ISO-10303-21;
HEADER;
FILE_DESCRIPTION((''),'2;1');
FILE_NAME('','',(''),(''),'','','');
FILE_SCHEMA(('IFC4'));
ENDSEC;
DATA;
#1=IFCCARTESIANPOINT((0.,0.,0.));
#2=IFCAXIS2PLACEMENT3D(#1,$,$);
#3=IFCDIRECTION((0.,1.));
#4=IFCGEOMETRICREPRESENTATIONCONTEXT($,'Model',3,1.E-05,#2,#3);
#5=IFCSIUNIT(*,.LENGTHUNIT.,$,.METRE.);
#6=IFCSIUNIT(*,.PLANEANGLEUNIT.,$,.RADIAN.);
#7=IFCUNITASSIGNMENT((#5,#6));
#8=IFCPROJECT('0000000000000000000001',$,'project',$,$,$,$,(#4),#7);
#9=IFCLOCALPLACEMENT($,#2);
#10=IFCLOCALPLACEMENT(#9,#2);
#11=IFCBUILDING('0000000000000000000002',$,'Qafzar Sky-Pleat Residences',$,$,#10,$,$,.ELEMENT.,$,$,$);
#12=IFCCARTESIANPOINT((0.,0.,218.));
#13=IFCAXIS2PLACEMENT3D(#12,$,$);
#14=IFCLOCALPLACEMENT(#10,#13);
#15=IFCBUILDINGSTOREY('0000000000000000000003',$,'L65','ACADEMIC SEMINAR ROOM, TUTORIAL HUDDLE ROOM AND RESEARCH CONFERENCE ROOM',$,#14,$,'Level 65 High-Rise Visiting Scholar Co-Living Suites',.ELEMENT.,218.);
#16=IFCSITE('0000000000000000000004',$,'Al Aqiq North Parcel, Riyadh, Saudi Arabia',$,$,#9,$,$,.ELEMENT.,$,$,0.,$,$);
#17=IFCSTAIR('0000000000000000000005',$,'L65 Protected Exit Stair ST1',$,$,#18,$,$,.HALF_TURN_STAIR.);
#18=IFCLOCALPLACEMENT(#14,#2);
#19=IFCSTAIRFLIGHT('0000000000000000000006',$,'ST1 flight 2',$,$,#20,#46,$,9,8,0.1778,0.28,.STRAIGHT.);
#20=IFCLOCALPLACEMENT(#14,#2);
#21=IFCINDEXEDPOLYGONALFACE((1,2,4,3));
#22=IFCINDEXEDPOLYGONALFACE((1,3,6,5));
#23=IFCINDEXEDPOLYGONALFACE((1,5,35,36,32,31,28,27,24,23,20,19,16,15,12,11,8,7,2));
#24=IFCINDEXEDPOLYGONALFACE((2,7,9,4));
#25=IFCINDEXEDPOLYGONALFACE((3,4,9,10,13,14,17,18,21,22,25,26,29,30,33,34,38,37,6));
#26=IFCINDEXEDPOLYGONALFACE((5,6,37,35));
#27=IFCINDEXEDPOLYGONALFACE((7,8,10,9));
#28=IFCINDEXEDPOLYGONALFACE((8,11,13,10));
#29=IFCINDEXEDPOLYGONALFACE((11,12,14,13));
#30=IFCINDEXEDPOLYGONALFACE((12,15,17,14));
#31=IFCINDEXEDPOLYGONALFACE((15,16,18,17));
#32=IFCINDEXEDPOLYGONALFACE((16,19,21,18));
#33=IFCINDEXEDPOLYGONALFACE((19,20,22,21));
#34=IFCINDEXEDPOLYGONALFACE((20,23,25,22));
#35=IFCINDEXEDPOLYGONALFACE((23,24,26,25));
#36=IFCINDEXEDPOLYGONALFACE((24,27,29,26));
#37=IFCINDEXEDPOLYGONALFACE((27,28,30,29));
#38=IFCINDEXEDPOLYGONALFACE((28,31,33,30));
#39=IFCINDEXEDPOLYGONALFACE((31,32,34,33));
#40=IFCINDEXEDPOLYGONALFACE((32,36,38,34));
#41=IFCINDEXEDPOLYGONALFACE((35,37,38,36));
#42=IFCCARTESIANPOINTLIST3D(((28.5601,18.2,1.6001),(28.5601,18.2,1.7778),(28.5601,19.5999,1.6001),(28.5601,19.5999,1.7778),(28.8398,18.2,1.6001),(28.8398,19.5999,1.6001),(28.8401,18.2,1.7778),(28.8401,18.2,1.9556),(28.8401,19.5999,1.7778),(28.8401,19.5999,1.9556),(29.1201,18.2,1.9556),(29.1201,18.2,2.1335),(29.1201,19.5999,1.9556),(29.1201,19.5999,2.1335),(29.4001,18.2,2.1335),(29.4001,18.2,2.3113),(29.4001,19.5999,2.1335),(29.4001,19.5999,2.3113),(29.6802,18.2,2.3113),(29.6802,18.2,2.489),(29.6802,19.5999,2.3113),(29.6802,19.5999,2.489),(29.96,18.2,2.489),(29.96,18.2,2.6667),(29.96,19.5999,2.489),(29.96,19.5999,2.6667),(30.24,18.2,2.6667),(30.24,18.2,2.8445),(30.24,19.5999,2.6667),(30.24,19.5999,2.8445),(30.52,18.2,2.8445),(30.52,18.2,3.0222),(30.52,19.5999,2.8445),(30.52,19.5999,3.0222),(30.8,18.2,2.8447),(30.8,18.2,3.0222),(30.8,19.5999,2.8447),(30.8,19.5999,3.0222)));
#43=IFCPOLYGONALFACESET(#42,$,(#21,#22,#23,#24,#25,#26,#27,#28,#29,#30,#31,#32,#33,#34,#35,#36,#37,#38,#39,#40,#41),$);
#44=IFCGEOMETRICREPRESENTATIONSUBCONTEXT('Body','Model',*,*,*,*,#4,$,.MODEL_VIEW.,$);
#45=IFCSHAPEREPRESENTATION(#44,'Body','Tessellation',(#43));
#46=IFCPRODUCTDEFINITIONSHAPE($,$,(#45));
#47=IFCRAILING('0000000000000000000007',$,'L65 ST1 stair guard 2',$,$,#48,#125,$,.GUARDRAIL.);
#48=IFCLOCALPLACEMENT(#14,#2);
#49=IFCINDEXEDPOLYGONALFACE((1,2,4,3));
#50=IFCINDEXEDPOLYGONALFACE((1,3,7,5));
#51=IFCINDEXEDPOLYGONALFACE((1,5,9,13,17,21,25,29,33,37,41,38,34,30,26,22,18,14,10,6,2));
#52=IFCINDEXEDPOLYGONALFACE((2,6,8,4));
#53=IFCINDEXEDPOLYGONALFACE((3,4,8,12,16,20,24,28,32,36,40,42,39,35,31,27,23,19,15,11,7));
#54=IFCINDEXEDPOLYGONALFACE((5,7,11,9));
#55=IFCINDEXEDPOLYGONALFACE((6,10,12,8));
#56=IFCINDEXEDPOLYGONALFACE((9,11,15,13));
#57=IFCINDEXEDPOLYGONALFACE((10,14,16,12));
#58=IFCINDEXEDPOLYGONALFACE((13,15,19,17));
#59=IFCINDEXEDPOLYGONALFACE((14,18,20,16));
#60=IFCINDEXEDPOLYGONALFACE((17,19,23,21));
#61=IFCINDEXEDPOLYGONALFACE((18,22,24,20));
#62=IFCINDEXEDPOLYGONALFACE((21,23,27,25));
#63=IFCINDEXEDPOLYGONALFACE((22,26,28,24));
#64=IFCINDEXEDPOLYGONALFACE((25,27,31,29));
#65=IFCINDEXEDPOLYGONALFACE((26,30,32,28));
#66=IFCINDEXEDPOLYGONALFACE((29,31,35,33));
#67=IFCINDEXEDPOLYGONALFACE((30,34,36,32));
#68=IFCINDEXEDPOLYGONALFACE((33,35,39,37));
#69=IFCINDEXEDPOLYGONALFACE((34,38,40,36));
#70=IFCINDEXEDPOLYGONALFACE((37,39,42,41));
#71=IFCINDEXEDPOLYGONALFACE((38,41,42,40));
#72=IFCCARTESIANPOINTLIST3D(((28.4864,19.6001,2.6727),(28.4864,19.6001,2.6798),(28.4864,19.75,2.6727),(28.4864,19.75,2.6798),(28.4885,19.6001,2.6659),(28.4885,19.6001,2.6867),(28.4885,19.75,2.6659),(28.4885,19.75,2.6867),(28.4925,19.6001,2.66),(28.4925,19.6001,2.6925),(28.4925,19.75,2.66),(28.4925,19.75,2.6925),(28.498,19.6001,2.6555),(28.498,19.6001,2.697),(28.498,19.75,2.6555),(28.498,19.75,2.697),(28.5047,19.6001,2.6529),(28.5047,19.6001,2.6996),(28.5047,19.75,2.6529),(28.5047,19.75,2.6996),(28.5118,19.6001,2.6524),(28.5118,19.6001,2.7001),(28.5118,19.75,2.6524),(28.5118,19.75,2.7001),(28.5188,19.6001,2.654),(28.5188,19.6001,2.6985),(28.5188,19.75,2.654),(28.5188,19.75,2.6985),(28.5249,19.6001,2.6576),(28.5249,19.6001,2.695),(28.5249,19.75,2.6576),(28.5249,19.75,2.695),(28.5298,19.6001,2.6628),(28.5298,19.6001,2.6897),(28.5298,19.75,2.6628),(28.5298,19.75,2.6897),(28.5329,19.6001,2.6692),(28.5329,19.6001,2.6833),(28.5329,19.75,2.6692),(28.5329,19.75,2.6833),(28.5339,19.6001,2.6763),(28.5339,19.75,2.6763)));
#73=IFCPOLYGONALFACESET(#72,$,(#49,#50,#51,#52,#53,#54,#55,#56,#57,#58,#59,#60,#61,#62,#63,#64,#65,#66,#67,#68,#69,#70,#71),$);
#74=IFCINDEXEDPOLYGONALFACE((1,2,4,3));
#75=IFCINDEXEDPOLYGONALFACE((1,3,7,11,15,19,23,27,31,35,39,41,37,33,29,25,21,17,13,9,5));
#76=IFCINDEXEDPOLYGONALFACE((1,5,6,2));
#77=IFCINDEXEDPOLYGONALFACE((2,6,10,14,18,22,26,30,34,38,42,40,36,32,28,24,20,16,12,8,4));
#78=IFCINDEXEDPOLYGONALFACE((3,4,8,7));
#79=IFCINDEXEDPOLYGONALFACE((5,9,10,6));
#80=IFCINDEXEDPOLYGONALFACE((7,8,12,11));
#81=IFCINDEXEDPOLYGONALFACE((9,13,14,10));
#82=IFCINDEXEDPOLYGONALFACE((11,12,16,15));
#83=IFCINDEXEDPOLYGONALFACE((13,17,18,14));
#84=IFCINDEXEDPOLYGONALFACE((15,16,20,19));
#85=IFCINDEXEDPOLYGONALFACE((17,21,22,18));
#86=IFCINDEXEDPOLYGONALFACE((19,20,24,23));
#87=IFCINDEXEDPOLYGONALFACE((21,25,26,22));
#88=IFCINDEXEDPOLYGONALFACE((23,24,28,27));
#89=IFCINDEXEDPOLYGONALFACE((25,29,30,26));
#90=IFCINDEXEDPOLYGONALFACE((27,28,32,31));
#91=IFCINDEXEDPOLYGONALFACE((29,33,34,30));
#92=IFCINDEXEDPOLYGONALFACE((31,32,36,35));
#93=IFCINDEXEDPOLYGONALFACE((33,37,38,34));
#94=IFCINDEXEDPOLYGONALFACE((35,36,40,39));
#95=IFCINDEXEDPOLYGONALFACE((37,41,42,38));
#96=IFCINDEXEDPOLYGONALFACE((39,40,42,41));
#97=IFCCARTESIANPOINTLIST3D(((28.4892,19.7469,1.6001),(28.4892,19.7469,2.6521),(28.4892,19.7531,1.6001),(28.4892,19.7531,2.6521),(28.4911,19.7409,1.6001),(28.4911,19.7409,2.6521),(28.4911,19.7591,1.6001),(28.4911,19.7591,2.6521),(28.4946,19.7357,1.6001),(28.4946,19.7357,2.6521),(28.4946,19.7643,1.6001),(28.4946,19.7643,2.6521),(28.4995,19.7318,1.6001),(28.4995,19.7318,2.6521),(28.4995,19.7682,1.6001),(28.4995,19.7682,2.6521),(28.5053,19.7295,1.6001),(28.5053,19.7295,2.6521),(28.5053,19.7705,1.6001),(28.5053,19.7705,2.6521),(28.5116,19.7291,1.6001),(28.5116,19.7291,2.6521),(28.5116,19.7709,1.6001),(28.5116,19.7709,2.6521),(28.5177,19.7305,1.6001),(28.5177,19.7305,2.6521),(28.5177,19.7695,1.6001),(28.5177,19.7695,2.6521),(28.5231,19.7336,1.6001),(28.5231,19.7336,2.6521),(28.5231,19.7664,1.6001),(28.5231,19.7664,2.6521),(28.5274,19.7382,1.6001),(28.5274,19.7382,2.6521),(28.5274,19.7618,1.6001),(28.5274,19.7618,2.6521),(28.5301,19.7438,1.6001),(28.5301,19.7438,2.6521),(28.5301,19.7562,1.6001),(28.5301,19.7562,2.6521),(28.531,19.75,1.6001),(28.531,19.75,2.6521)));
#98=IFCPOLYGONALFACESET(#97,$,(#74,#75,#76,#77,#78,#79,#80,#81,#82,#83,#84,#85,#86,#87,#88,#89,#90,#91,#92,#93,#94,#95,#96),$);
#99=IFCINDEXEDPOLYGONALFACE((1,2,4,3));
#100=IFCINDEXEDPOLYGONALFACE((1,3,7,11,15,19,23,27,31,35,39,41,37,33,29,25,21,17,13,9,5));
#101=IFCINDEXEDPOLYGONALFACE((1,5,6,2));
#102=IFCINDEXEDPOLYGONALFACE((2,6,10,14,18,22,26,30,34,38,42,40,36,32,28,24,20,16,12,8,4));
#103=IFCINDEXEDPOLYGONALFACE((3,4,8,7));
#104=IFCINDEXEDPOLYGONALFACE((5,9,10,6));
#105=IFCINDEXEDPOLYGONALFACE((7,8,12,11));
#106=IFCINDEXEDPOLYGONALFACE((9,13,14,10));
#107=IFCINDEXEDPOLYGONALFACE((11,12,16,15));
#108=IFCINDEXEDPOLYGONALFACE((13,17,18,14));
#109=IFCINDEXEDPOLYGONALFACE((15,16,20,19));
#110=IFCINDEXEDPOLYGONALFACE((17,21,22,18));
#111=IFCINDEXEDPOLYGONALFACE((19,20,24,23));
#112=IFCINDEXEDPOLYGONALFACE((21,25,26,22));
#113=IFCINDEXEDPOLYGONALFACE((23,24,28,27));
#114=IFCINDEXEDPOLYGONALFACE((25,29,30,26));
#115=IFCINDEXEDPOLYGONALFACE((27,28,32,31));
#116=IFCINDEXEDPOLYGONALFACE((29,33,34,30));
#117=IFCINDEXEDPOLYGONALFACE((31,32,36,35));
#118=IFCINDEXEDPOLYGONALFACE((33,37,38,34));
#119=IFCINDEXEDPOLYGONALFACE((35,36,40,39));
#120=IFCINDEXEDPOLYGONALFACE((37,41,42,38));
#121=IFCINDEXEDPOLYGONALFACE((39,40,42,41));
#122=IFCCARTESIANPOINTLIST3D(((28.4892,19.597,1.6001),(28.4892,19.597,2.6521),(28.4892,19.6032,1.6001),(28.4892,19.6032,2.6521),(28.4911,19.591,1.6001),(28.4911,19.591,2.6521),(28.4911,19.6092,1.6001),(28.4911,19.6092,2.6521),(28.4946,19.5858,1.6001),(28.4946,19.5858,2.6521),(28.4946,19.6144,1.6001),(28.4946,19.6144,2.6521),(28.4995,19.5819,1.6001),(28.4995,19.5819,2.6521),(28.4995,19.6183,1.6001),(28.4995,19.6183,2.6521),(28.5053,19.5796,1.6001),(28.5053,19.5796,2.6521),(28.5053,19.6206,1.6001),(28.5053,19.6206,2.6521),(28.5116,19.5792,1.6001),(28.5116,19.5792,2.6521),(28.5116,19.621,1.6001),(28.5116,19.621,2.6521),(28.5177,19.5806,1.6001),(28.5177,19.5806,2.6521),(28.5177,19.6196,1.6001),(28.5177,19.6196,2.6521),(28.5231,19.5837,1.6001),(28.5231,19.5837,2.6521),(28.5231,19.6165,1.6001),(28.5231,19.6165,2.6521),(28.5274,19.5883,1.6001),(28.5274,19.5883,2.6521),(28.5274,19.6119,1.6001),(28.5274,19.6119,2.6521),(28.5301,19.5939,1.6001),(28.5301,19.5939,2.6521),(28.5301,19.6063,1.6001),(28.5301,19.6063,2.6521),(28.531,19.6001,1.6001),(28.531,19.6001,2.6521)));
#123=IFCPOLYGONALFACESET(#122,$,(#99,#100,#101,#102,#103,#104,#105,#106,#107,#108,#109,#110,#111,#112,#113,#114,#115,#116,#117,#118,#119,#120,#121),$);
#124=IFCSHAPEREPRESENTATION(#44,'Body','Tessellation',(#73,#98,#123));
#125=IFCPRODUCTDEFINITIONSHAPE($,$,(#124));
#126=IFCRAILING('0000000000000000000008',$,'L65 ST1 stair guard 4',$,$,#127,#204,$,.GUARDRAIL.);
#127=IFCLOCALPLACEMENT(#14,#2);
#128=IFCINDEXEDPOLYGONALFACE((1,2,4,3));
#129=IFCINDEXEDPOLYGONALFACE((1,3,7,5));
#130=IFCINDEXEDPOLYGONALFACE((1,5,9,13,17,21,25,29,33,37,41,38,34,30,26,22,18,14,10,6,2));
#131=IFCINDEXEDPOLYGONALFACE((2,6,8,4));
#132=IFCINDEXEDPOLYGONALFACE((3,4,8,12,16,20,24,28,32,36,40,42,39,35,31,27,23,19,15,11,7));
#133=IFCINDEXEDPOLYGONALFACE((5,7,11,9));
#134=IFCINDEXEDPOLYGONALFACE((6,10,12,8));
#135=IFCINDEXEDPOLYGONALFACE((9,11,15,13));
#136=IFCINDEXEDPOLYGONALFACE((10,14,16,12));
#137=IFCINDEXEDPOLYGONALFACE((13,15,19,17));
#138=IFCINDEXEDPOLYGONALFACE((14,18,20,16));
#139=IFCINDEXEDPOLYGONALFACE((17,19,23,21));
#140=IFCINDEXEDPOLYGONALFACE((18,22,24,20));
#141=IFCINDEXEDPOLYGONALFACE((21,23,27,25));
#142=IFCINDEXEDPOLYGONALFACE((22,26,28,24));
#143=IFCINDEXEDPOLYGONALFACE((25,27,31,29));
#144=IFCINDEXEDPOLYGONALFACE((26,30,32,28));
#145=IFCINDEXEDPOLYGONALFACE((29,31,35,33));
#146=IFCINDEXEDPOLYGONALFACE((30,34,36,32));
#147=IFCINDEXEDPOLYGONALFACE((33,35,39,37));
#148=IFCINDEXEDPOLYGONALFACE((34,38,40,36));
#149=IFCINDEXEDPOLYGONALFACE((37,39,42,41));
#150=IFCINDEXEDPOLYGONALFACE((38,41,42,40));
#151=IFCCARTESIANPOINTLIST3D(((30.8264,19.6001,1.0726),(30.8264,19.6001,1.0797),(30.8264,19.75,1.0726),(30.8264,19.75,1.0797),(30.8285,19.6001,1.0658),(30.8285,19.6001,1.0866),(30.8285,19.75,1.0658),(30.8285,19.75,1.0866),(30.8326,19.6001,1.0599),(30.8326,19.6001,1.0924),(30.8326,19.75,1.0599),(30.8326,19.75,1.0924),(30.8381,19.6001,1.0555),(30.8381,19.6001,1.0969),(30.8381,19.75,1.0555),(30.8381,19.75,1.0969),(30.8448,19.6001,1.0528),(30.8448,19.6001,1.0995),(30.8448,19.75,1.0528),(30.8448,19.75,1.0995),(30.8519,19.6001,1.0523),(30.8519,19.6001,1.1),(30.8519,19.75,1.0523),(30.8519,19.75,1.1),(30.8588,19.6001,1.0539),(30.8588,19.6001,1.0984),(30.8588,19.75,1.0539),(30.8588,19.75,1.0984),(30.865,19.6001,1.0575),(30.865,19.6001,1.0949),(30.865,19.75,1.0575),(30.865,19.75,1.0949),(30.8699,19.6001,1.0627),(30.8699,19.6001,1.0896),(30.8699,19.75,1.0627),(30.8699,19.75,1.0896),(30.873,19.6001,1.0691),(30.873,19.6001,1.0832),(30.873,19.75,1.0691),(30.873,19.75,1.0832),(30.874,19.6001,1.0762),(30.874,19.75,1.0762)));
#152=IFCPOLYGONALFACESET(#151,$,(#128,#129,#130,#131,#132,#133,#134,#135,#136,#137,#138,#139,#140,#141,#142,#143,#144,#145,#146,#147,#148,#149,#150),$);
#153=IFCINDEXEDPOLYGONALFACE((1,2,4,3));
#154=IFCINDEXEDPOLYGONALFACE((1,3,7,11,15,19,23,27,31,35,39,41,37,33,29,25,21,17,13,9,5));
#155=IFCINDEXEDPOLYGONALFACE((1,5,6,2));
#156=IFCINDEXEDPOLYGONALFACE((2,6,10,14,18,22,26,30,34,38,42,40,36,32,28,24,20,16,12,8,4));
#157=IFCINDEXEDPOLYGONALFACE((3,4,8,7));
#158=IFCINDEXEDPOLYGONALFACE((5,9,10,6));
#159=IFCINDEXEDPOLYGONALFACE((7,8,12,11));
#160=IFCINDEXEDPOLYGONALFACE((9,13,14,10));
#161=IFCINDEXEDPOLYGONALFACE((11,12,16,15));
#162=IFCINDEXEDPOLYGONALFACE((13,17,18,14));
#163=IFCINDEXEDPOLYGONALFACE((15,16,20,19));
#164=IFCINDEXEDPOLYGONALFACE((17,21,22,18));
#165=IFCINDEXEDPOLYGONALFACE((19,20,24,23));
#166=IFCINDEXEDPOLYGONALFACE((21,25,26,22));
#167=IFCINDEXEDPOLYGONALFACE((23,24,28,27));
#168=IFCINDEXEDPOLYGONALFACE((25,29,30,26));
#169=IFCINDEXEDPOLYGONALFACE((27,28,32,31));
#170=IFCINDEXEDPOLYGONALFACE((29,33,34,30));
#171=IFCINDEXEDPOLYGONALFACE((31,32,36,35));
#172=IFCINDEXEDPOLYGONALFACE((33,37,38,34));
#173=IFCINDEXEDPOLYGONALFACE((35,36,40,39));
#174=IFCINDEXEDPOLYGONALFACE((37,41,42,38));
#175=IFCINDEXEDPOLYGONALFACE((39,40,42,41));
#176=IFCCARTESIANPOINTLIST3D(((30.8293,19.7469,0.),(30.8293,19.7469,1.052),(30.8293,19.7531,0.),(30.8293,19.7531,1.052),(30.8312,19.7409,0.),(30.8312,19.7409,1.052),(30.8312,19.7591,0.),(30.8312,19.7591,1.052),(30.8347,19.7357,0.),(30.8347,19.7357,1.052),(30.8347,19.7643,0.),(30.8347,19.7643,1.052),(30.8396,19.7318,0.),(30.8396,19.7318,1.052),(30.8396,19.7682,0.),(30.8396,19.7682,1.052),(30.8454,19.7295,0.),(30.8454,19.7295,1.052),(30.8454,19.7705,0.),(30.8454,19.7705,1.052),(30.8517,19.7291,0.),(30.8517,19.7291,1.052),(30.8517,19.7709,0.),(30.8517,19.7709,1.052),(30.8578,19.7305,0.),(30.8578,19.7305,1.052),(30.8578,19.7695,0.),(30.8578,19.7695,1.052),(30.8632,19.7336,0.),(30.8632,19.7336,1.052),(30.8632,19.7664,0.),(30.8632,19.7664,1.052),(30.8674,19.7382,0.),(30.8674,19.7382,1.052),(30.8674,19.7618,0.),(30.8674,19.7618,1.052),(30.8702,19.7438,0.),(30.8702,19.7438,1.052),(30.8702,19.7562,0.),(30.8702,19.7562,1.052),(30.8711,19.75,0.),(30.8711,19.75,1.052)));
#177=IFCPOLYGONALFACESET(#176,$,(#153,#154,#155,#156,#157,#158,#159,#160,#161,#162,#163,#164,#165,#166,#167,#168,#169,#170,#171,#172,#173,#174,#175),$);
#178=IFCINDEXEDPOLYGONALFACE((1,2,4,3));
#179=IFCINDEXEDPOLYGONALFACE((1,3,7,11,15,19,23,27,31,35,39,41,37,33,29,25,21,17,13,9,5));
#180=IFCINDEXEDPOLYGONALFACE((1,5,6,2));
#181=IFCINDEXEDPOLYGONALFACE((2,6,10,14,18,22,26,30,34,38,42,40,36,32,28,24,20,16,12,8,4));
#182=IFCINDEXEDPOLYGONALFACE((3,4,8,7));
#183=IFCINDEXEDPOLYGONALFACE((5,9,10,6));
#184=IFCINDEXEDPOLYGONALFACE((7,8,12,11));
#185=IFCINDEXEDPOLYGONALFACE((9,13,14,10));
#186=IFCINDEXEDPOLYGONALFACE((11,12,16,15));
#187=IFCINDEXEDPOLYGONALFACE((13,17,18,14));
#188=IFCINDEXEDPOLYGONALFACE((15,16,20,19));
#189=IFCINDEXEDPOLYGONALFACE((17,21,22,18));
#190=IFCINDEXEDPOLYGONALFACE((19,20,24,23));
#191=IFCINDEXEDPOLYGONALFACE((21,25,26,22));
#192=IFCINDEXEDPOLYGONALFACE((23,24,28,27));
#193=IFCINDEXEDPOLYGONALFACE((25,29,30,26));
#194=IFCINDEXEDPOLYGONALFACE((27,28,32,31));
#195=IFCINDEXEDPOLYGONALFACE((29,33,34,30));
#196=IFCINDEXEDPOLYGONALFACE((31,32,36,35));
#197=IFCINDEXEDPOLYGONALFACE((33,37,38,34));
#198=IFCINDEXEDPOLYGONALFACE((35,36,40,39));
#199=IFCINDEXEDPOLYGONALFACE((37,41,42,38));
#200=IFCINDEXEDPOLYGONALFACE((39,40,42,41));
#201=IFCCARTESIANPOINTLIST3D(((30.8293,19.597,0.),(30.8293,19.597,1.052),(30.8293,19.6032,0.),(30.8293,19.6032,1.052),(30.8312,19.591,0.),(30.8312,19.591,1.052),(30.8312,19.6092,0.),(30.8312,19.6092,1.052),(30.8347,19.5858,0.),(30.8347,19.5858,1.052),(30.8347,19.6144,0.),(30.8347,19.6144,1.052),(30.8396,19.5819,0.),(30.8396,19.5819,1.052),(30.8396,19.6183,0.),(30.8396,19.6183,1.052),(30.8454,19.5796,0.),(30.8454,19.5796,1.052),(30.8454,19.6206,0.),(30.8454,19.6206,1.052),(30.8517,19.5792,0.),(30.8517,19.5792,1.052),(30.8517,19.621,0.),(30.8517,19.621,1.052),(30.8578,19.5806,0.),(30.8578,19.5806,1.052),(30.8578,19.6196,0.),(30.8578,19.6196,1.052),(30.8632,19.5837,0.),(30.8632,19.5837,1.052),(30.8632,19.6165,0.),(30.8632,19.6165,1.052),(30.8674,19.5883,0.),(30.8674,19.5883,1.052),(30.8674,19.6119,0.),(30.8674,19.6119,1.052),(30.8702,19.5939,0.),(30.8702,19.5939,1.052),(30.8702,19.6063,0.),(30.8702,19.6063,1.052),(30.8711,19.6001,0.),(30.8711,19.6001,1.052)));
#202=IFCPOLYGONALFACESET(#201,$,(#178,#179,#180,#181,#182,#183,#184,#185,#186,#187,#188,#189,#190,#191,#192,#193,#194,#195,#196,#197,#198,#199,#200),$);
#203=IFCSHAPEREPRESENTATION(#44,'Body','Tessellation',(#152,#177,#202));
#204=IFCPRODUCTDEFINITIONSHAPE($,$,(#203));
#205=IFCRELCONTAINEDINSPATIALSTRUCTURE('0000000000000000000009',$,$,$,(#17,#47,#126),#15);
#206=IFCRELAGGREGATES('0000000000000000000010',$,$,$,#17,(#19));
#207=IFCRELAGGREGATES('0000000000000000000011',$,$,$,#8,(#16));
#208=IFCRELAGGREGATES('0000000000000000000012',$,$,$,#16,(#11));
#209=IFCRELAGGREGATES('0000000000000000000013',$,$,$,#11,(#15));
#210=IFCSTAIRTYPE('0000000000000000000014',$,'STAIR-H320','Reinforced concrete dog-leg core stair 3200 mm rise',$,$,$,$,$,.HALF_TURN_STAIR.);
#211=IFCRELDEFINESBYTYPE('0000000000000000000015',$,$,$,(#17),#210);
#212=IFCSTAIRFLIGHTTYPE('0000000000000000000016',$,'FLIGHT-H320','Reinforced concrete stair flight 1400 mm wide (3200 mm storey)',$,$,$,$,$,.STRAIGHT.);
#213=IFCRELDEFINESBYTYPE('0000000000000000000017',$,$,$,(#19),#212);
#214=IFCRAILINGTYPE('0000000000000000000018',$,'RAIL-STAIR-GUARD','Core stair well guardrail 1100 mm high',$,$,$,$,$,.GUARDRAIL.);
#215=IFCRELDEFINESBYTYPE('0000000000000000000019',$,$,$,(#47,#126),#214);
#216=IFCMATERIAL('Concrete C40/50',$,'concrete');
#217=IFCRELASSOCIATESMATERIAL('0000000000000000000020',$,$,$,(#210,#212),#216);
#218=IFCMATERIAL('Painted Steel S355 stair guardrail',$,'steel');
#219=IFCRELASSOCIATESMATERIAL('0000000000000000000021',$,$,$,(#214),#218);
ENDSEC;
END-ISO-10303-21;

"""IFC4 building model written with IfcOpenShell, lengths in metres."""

from ifc_helpers import new_model, si_unit, direction, frame, origin, origin_2d, place, context, subcontext, project, spatial, polyline, circle, outline, extrude, source, transform, mapped, material, type_object, element, aggregate, save


model = new_model("IFC4")

# Units and contexts
model_context = context("Model", 3, precision=1e-05, world=origin(), true_north=direction((0.0, 1.0)))
body_context = subcontext(model_context, "Body", "Model", "MODEL_VIEW")
ifc_project = project(units=[si_unit("LENGTHUNIT", "METRE"), si_unit("PLANEANGLEUNIT", "RADIAN")], contexts=[model_context])

# Site, building, storey
site_placement = place(None, origin())
site = spatial("IfcSite", under=ifc_project, at=site_placement, Name="Al Aqiq North Parcel, Riyadh, Saudi Arabia", CompositionType="ELEMENT", RefElevation=0.0)
building_placement = place(site_placement, origin())
building = spatial("IfcBuilding", under=site, at=building_placement, Name="Qafzar Sky-Pleat Residences", CompositionType="ELEMENT")
storey_placement = place(building_placement, frame((0.0, 0.0, 218.0)))
storey = spatial("IfcBuildingStorey", under=building, at=storey_placement, Name="L65", Description="ACADEMIC SEMINAR ROOM, TUTORIAL HUDDLE ROOM AND RESEARCH CONFERENCE ROOM", LongName="Level 65 High-Rise Visiting Scholar Co-Living Suites", CompositionType="ELEMENT", Elevation=218.0)

# Stair, stair flight
ifc_material_1 = material(Name="Concrete C40/50", Category="concrete")
stair_type = type_object("IfcStairType", Name="STAIR-H320", Description="Reinforced concrete dog-leg core stair 3200 mm rise", PredefinedType="HALF_TURN_STAIR", material=ifc_material_1)
stair_placement = place(storey_placement, origin())
stair = element("IfcStair", 1, at=stair_placement, inside=storey, type_object=stair_type, Name="L65 Protected Exit Stair ST1", PredefinedType="HALF_TURN_STAIR")
stair_flight_type = type_object("IfcStairFlightType", Name="FLIGHT-H320", Description="Reinforced concrete stair flight 1400 mm wide (3200 mm storey)", PredefinedType="STRAIGHT", material=ifc_material_1)
shared_shape_1 = source(origin(), body_context, "Body", "SweptSolid", [
    extrude(outline(polyline([(0.0, 0.0), (0.0, 0.1777), (0.28, 0.1777), (0.28, 0.3555), (0.5601, 0.3555), (0.5601, 0.5334), (0.8401, 0.5334), (0.8401, 0.7112), (1.1201, 0.7112), (1.1201, 0.8889), (1.3999, 0.8889), (1.3999, 1.0667), (1.6799, 1.0667), (1.6799, 1.2444), (1.96, 1.2444), (1.96, 1.4221), (2.24, 1.4221), (2.24, 1.6001), (2.24, 1.2446), (0.2798, 0.0), (0.0, 0.0)])), frame((0.0, 0.7, 0.0), z_axis=(0.0, -1.0, 0.0), x_axis=(1.0, 0.0, 0.0)), (0.0, 0.0, 1.0), 1.3999),
])
stair_flight_1_placement = place(storey_placement, frame((28.5601, 18.8999, 1.6001), z_axis=(0.0, 0.0, 1.0), x_axis=(1.0, 0.0, 0.0)))
stair_flight_1 = element("IfcStairFlight", 2, at=stair_flight_1_placement, type_object=stair_flight_type, Name="ST1 flight 2", NumberOfRisers=9, NumberOfTreads=8, PredefinedType="STRAIGHT", RiserHeight=0.1778, TreadLength=0.28, context=body_context, shape_type="MappedRepresentation", body=[
    mapped(shared_shape_1, transform((0.0, 0.0, 0.0), x_axis=(1.0, 0.0, 0.0), y_axis=(0.0, 1.0, 0.0), z_axis=(0.0, 0.0, 1.0), scale=1.0)),
])
aggregate(stair, [stair_flight_1])

# Railings
ifc_material_2 = material(Name="Painted Steel S355 stair guardrail", Category="steel")
railing_type_1 = type_object("IfcRailingType", Name="RAIL-STAIR-GUARD", Description="Core stair well guardrail 1100 mm high", PredefinedType="GUARDRAIL", material=ifc_material_2)
shared_shape_2 = source(origin(), body_context, "Body", "SweptSolid", [
    extrude(circle(Radius=0.0239, at=origin_2d()), frame((0.0, 0.0, 1.0762), z_axis=(0.0, -1.0, 0.0), x_axis=(1.0, 0.0, 0.0)), (0.0, 0.0, 1.0), 0.1499),
    extrude(circle(Radius=0.021, at=origin_2d()), origin(), (0.0, 0.0, 1.0), 1.052),
    extrude(circle(Radius=0.021, at=origin_2d()), frame((0.0, -0.1499, 0.0)), (0.0, 0.0, 1.0), 1.052),
])
for number, where, name in (
    (3, (28.51, 19.75, 1.6001), "L65 ST1 stair guard 2"),
    (4, (30.8501, 19.75, 0.0), "L65 ST1 stair guard 4"),
):
    element("IfcRailing", number, at=place(storey_placement, frame(where)), inside=storey, type_object=railing_type_1, Name=name, PredefinedType="GUARDRAIL", context=body_context, shape_type="MappedRepresentation", body=[
        mapped(shared_shape_2, transform((0.0, 0.0, 0.0), x_axis=(1.0, 0.0, 0.0), y_axis=(0.0, 1.0, 0.0), z_axis=(0.0, 0.0, 1.0), scale=1.0)),
    ])

save(model, "model.ifc")
